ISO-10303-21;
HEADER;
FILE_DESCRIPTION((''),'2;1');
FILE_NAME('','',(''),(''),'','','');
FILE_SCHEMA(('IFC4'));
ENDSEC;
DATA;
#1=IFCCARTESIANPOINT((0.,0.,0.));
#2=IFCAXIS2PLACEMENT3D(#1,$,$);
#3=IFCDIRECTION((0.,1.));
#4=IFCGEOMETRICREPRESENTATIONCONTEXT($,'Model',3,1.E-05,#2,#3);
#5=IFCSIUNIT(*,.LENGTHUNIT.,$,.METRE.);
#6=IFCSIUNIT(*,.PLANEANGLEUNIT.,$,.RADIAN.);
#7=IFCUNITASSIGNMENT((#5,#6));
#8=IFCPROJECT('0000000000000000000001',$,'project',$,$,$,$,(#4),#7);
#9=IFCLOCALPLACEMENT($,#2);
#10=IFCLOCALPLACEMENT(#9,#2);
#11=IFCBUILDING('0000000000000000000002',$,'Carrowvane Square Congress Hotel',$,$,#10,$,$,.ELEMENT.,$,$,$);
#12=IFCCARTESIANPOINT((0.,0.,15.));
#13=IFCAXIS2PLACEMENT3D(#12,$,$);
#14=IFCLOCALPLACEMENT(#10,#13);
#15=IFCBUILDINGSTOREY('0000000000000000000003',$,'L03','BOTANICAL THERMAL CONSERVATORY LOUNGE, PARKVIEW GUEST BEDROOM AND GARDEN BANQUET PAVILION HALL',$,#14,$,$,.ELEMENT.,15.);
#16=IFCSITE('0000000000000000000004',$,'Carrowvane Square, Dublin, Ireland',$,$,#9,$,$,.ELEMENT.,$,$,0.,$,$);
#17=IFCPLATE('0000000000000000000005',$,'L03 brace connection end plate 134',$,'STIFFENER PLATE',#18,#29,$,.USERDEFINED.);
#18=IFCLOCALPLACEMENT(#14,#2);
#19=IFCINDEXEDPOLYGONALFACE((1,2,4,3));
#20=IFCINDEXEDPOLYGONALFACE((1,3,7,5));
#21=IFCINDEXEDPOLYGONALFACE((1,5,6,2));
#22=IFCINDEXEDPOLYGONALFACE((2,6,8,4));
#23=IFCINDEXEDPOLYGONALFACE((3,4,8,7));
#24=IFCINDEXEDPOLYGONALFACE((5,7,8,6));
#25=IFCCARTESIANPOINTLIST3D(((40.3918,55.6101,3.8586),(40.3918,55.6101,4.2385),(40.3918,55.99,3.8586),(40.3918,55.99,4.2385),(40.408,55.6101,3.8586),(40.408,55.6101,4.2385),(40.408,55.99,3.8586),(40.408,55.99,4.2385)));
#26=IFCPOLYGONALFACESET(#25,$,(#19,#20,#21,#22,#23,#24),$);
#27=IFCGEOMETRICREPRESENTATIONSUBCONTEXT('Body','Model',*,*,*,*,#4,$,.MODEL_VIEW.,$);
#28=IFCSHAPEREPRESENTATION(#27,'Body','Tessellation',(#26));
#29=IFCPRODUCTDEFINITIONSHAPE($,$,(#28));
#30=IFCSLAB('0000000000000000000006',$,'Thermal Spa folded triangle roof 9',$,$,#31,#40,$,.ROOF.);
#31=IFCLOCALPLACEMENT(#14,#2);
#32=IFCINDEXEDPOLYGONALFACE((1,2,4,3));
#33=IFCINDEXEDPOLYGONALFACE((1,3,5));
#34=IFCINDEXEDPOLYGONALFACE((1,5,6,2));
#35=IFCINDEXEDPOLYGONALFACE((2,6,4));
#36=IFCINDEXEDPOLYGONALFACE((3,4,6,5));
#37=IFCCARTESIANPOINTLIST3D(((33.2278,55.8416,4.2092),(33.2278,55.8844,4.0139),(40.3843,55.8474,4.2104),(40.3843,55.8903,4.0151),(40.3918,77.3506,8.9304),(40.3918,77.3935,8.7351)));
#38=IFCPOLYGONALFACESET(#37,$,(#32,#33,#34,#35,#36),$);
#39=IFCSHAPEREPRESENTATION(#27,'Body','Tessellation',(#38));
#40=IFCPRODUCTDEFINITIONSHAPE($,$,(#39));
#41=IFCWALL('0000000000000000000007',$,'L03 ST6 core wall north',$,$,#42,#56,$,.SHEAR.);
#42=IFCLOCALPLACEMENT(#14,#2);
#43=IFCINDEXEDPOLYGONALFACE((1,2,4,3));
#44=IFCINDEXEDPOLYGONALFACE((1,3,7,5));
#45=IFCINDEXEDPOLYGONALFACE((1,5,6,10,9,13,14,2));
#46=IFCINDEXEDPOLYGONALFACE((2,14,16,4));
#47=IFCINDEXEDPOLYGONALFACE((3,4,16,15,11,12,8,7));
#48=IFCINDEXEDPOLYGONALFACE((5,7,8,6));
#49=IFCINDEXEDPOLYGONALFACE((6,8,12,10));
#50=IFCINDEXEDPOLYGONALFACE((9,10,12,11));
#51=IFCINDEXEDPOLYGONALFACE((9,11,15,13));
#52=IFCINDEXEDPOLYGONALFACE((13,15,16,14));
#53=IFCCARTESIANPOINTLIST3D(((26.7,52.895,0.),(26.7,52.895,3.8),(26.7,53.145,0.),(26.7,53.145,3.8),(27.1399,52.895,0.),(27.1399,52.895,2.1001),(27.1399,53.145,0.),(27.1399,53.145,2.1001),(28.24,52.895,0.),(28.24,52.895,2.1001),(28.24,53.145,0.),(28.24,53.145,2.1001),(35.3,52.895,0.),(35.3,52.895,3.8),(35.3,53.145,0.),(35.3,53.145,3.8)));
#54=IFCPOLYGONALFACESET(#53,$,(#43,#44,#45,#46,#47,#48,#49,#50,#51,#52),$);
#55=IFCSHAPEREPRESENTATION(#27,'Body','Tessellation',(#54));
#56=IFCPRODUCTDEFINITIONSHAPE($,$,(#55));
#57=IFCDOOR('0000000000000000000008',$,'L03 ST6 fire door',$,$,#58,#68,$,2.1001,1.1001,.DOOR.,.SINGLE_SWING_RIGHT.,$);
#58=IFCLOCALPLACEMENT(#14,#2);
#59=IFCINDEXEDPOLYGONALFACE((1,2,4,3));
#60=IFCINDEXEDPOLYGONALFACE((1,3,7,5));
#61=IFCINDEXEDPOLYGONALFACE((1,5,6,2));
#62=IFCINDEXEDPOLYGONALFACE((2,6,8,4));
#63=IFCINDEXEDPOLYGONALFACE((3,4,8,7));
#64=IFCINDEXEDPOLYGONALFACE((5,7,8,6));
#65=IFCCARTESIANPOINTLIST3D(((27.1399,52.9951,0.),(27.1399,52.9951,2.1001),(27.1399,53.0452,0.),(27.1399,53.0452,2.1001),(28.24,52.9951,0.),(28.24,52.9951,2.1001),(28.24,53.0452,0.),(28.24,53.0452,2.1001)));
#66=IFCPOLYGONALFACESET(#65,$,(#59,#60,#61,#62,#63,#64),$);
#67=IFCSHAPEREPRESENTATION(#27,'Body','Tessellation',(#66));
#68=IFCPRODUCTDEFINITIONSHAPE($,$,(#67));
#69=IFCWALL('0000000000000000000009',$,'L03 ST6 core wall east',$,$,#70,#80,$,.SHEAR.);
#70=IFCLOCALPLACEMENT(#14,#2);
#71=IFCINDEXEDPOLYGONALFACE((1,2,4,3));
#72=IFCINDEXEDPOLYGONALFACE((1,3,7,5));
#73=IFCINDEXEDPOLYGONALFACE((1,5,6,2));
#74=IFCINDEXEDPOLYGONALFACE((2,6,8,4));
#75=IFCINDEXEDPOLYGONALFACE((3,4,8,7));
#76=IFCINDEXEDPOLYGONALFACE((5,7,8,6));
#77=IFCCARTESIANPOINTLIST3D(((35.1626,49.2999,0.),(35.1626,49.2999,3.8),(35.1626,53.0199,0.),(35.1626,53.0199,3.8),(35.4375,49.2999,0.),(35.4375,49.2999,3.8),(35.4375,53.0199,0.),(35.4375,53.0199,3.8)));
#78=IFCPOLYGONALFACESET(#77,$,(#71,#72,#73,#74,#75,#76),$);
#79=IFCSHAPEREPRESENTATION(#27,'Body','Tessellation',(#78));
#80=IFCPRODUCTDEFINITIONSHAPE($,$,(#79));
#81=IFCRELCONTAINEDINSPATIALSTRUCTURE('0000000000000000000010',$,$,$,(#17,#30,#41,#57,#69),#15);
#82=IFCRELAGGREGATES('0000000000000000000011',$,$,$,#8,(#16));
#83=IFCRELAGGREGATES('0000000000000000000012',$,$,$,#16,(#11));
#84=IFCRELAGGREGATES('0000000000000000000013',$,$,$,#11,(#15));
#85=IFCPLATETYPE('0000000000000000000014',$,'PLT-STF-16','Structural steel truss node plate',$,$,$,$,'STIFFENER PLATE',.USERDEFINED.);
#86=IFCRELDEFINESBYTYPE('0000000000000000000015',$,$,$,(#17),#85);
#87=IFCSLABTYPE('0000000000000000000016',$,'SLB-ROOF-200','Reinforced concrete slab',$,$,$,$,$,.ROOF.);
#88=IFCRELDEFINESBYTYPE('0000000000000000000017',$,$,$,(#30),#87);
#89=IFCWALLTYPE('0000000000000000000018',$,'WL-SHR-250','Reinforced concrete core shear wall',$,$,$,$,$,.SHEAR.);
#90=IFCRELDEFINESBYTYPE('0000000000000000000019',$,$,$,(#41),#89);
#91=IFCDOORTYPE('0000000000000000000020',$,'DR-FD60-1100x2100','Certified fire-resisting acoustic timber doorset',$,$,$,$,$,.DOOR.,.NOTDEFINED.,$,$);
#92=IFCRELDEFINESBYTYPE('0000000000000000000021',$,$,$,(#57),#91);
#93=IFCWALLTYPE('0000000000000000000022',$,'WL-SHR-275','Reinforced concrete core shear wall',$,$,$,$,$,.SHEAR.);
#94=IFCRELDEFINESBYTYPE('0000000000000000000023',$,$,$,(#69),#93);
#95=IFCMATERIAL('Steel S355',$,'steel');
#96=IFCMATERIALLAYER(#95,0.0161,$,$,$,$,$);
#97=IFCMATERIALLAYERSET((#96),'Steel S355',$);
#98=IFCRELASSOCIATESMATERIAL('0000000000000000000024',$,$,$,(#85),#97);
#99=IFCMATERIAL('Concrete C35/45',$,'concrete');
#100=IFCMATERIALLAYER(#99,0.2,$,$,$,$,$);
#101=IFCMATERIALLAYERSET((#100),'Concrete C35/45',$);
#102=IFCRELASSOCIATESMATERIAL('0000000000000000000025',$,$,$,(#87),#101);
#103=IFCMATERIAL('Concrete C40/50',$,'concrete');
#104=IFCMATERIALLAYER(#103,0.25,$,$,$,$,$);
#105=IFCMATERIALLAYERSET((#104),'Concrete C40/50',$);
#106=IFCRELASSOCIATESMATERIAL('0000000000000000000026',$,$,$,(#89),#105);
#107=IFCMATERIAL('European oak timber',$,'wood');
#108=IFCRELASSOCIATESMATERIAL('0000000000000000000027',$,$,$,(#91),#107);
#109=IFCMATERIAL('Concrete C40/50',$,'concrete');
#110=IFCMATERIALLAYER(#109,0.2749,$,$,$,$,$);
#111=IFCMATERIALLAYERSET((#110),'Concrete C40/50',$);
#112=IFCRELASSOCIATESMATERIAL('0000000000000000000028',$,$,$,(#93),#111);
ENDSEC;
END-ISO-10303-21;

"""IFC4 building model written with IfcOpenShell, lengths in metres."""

from ifc_helpers import new_model, si_unit, direction, frame, frame_2d, origin, origin_2d, place, context, subcontext, project, spatial, polyline, rectangle, outline, extrude, material, layer, layer_set, type_object, element, fill, save


model = new_model("IFC4")

# Units and contexts
model_context = context("Model", 3, precision=1e-05, world=origin(), true_north=direction((0.0, 1.0)))
body_context = subcontext(model_context, "Body", "Model", "MODEL_VIEW")
ifc_project = project(units=[si_unit("LENGTHUNIT", "METRE"), si_unit("PLANEANGLEUNIT", "RADIAN")], contexts=[model_context])

# Site, building, storey
site_placement = place(None, origin())
site = spatial("IfcSite", under=ifc_project, at=site_placement, Name="Carrowvane Square, Dublin, Ireland", CompositionType="ELEMENT", RefElevation=0.0)
building_placement = place(site_placement, origin())
building = spatial("IfcBuilding", under=site, at=building_placement, Name="Carrowvane Square Congress Hotel", CompositionType="ELEMENT")
storey_placement = place(building_placement, frame((0.0, 0.0, 15.0)))
storey = spatial("IfcBuildingStorey", under=building, at=storey_placement, Name="L03", Description="BOTANICAL THERMAL CONSERVATORY LOUNGE, PARKVIEW GUEST BEDROOM AND GARDEN BANQUET PAVILION HALL", CompositionType="ELEMENT", Elevation=15.0)

# Plate
ifc_material_1 = material(Name="Steel S355", Category="steel")
ifc_layer_1 = layer(ifc_material_1, 0.0161)
ifc_layer_set_1 = layer_set([ifc_layer_1], Name="Steel S355")
plate_type_1 = type_object("IfcPlateType", Name="PLT-STF-16", Description="Structural steel truss node plate", ElementType="STIFFENER PLATE", PredefinedType="USERDEFINED", material=ifc_layer_set_1)
plate_1_placement = place(storey_placement, frame((40.3999, 55.8, 3.8586), z_axis=(0.0, 0.0, 1.0), x_axis=(1.0, 0.0, 0.0)))
element("IfcPlate", 1, at=plate_1_placement, inside=storey, type_object=plate_type_1, Name="L03 brace connection end plate 134", ObjectType="STIFFENER PLATE", PredefinedType="USERDEFINED", context=body_context, shape_type="SweptSolid", body=[
    extrude(rectangle(XDim=0.0161, YDim=0.3799, at=origin_2d()), origin(), (0.0, 0.0, 1.0), 0.3799),
])

# Slab
ifc_material_2 = material(Name="Concrete C35/45", Category="concrete")
ifc_layer_2 = layer(ifc_material_2, 0.2)
ifc_layer_set_2 = layer_set([ifc_layer_2], Name="Concrete C35/45")
slab_type = type_object("IfcSlabType", Name="SLB-ROOF-200", Description="Reinforced concrete slab", PredefinedType="ROOF", material=ifc_layer_set_2)
slab_placement = place(storey_placement, frame((33.2278, 55.8416, 4.2092), z_axis=(0.000009, -0.214397, 0.976747), x_axis=(1.0, 0.000819, 0.000171)))
element("IfcSlab", 2, at=slab_placement, inside=storey, type_object=slab_type, Name="Thermal Spa folded triangle roof 9", PredefinedType="ROOF", context=body_context, shape_type="SweptSolid", body=[
    extrude(outline(polyline([(0.0, 0.0), (7.1565, 0.0), (7.1825, 22.0151), (0.0, 0.0)])), origin(), (0.0, 0.0, -1.0), 0.2),
])

# Wall, opening, door
ifc_material_3 = material(Name="Concrete C40/50", Category="concrete")
ifc_layer_3 = layer(ifc_material_3, 0.25)
ifc_layer_set_3 = layer_set([ifc_layer_3], Name="Concrete C40/50")
wall_type_1 = type_object("IfcWallType", Name="WL-SHR-250", Description="Reinforced concrete core shear wall", PredefinedType="SHEAR", material=ifc_layer_set_3)
wall_1_placement = place(storey_placement, frame((35.3, 53.02, 0.0), z_axis=(0.0, 0.0, 1.0), x_axis=(-1.0, 0.0, 0.0)))
wall_1 = element("IfcWall", 3, at=wall_1_placement, inside=storey, type_object=wall_type_1, Name="L03 ST6 core wall north", PredefinedType="SHEAR", context=body_context, shape_type="SweptSolid", body=[
    extrude(rectangle(XDim=8.6001, YDim=0.25, at=frame_2d((4.3, 0.0))), origin(), (0.0, 0.0, 1.0), 3.8),
])
opening_placement = place(wall_1_placement, frame((7.0601, 0.0, 0.0)))
opening = element("IfcOpeningElement", 4, at=opening_placement, cuts=wall_1, PredefinedType="OPENING", context=body_context, shape_type="SweptSolid", body=[
    extrude(rectangle(XDim=1.1001, YDim=2.1001, at=frame_2d((0.55, 1.05))), frame((0.0, 0.135, 0.0), z_axis=(0.0, -1.0, 0.0), x_axis=(1.0, 0.0, 0.0)), (0.0, 0.0, 1.0), 0.27),
])
ifc_material_4 = material(Name="European oak timber", Category="wood")
door_type = type_object("IfcDoorType", Name="DR-FD60-1100x2100", Description="Certified fire-resisting acoustic timber doorset", OperationType="NOTDEFINED", PredefinedType="DOOR", material=ifc_material_4)
door_placement = place(opening_placement, origin())
door = element("IfcDoor", 5, at=door_placement, inside=storey, type_object=door_type, Name="L03 ST6 fire door", OperationType="SINGLE_SWING_RIGHT", OverallHeight=2.1001, OverallWidth=1.1001, PredefinedType="DOOR", context=body_context, shape_type="SweptSolid", body=[
    extrude(rectangle(XDim=1.1001, YDim=2.1001, at=frame_2d((0.55, 1.05))), frame((0.0, 0.0249, 0.0), z_axis=(0.0, -1.0, 0.0), x_axis=(1.0, 0.0, 0.0)), (0.0, 0.0, 1.0), 0.05),
])
fill(opening, door)

# Wall
ifc_material_5 = material(Name="Concrete C40/50", Category="concrete")
ifc_layer_4 = layer(ifc_material_5, 0.2749)
ifc_layer_set_4 = layer_set([ifc_layer_4], Name="Concrete C40/50")
wall_type_2 = type_object("IfcWallType", Name="WL-SHR-275", Description="Reinforced concrete core shear wall", PredefinedType="SHEAR", material=ifc_layer_set_4)
wall_2_placement = place(storey_placement, frame((35.3, 49.3, 0.0), z_axis=(0.0, 0.0, 1.0), x_axis=(0.0, 1.0, 0.0)))
element("IfcWall", 6, at=wall_2_placement, inside=storey, type_object=wall_type_2, Name="L03 ST6 core wall east", PredefinedType="SHEAR", context=body_context, shape_type="SweptSolid", body=[
    extrude(rectangle(XDim=3.72, YDim=0.2749, at=frame_2d((1.8599, 0.0))), origin(), (0.0, 0.0, 1.0), 3.8),
])

save(model, "model.ifc")
